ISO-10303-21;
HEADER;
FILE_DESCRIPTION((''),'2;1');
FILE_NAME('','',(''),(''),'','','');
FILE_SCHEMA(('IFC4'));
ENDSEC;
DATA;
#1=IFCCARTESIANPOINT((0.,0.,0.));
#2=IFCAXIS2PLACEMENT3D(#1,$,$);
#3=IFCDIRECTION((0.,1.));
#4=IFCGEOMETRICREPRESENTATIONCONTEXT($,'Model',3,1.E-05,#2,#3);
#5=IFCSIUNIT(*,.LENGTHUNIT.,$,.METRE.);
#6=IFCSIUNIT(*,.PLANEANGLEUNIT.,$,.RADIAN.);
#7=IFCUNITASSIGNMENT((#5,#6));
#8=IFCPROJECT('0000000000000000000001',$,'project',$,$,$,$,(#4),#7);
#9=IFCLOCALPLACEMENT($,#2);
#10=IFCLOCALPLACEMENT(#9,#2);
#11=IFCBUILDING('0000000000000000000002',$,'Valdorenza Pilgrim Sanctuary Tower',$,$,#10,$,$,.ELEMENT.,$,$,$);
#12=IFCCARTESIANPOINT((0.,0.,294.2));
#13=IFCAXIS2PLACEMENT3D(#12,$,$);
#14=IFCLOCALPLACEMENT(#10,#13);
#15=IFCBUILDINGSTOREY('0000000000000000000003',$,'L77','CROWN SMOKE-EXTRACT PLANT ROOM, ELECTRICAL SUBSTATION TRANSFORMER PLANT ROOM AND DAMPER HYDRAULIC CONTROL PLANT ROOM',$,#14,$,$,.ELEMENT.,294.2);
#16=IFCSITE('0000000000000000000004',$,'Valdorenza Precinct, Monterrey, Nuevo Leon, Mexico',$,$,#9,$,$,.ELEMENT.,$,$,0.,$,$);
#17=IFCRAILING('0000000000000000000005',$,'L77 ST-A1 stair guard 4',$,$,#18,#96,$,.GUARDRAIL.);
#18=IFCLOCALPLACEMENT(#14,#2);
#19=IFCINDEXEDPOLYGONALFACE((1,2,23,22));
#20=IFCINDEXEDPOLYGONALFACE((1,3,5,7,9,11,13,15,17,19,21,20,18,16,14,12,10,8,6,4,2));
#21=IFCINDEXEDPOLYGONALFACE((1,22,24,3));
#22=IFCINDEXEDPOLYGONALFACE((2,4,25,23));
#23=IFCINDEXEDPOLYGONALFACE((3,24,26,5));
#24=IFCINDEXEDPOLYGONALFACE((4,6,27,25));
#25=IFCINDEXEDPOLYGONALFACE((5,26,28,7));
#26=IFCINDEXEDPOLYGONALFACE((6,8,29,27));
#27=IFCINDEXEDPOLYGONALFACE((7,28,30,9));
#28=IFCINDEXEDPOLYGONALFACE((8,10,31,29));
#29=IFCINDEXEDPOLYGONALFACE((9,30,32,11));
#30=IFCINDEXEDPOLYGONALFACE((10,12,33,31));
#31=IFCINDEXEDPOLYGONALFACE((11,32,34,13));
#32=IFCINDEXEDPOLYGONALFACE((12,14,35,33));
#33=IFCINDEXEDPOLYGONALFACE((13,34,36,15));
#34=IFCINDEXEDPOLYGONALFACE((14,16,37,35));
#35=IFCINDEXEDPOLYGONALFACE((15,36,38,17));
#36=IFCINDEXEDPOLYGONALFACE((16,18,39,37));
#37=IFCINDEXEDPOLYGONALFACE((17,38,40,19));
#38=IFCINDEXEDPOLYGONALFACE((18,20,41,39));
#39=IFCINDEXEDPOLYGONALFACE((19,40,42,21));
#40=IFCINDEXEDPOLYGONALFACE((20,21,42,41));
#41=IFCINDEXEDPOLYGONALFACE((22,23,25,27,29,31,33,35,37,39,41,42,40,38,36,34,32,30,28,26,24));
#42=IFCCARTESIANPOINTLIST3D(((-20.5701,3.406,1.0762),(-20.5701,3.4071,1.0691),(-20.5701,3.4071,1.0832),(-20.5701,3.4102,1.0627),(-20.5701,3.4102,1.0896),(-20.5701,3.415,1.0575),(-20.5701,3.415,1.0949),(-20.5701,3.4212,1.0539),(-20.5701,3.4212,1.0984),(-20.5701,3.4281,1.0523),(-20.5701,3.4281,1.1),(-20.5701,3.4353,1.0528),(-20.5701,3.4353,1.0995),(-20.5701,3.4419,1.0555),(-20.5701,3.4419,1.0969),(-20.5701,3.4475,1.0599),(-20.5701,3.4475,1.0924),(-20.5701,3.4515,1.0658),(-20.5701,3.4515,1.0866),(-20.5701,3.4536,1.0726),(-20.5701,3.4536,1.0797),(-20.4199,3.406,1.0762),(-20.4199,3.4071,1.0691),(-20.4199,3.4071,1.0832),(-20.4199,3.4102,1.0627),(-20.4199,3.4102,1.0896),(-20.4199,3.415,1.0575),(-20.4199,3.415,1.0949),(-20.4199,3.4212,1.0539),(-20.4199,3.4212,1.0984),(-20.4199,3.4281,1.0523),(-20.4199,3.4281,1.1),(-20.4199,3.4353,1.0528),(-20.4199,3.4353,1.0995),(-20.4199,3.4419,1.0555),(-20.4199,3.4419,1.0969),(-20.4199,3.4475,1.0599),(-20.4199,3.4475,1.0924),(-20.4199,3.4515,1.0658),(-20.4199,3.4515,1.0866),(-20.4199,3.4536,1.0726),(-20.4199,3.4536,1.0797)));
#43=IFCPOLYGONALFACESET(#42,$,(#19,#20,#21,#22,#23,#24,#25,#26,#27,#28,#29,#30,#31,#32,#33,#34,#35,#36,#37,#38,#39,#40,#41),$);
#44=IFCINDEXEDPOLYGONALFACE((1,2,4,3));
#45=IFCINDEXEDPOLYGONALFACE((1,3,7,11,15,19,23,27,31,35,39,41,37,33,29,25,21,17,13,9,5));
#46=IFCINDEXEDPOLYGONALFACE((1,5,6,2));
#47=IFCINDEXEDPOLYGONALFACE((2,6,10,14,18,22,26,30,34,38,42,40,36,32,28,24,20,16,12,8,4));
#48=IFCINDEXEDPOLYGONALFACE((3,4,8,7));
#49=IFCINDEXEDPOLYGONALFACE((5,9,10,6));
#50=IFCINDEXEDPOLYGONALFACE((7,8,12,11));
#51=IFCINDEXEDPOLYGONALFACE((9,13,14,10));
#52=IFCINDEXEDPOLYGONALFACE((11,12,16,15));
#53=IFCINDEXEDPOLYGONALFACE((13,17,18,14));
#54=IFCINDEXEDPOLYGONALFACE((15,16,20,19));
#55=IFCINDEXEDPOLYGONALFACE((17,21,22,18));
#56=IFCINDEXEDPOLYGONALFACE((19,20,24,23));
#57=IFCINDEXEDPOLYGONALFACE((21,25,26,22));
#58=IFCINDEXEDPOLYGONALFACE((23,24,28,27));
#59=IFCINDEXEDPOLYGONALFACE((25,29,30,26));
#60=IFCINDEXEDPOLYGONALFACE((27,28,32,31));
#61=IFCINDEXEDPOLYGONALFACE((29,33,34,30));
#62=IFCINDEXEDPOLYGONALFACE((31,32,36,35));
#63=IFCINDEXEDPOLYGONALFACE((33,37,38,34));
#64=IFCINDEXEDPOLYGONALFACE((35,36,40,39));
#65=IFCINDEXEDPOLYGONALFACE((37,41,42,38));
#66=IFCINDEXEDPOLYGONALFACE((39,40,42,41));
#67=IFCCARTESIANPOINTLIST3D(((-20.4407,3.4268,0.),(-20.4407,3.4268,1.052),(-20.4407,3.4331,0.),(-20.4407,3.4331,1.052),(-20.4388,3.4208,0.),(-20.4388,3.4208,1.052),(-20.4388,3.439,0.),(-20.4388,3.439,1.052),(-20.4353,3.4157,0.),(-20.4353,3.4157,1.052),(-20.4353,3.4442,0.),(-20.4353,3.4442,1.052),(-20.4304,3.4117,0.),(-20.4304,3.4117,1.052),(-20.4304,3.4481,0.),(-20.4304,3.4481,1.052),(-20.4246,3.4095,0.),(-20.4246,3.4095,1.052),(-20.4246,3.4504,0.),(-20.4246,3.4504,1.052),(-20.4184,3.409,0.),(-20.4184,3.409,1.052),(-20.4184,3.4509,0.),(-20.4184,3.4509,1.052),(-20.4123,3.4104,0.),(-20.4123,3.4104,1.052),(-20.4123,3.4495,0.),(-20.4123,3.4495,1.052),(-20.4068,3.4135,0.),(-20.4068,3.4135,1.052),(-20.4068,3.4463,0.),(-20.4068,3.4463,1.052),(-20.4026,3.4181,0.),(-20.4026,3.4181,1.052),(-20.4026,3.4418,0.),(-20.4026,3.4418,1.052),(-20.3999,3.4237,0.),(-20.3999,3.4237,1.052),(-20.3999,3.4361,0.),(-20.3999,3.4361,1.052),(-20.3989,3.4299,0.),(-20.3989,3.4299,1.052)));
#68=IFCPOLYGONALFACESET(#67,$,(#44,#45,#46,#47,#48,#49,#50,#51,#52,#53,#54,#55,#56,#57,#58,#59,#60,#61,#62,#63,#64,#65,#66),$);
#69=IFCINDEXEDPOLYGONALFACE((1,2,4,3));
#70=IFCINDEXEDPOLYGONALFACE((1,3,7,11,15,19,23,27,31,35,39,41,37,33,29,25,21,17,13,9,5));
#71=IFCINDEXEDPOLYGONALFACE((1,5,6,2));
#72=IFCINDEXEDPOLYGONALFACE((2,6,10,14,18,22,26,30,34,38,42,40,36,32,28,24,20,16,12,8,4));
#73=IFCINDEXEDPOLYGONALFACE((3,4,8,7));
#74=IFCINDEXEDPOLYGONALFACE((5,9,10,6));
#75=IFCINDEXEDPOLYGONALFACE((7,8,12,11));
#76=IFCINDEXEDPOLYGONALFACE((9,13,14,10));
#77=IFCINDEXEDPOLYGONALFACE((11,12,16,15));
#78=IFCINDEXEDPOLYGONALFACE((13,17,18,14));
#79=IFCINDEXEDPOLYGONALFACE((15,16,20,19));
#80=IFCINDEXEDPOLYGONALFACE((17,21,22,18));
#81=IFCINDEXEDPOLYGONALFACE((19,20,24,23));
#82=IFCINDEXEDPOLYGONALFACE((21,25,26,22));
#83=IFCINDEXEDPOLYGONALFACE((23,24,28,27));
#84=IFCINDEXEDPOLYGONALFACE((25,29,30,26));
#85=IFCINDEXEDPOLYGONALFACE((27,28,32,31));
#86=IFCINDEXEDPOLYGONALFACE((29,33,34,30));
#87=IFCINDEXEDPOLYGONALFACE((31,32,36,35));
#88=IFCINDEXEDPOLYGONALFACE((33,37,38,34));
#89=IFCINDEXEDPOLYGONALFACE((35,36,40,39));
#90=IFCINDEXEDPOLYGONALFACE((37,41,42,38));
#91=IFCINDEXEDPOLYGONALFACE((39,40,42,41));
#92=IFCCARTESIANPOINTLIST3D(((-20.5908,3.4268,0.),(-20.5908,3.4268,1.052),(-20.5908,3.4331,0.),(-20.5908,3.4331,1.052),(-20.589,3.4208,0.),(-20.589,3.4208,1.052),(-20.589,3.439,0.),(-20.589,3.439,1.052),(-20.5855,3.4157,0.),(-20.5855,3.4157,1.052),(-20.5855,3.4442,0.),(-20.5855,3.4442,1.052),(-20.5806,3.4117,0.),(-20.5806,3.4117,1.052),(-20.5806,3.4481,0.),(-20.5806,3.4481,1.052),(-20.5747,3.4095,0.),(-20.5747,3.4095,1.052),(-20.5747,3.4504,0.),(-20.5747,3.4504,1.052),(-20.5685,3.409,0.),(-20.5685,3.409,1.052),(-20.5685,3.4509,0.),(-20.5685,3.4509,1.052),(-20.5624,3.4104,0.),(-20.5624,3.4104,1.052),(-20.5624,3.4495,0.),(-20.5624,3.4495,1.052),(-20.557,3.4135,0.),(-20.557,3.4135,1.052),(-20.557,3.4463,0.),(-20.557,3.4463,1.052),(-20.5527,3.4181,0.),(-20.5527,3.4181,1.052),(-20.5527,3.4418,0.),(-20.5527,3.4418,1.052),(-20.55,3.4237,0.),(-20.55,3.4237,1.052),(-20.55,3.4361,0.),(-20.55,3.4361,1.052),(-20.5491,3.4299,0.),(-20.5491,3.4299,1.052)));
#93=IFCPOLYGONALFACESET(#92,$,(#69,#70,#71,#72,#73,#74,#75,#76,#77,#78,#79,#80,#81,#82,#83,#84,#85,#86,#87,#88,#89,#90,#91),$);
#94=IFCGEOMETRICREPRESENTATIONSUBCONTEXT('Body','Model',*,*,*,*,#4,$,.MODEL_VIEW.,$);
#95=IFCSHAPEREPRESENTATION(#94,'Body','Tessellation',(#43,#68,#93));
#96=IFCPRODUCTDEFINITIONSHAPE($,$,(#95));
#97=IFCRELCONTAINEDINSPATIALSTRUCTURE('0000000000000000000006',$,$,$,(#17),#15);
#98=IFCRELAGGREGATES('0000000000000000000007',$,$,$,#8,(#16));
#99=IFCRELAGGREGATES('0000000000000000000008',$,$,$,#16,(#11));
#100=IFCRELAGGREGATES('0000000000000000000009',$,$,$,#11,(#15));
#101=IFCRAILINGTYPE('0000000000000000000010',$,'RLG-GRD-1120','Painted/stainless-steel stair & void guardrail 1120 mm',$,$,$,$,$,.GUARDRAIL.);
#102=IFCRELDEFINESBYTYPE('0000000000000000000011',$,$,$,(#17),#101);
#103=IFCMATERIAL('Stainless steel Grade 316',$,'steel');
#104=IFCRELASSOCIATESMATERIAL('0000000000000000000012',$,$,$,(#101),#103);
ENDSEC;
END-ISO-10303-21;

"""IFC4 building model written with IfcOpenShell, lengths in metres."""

from ifc_helpers import new_model, si_unit, direction, frame, origin, origin_2d, place, context, subcontext, project, spatial, circle, extrude, material, type_object, element, save


model = new_model("IFC4")

# Units and contexts
model_context = context("Model", 3, precision=1e-05, world=origin(), true_north=direction((0.0, 1.0)))
body_context = subcontext(model_context, "Body", "Model", "MODEL_VIEW")
ifc_project = project(units=[si_unit("LENGTHUNIT", "METRE"), si_unit("PLANEANGLEUNIT", "RADIAN")], contexts=[model_context])

# Site, building, storey
site_placement = place(None, origin())
site = spatial("IfcSite", under=ifc_project, at=site_placement, Name="Valdorenza Precinct, Monterrey, Nuevo Leon, Mexico", CompositionType="ELEMENT", RefElevation=0.0)
building_placement = place(site_placement, origin())
building = spatial("IfcBuilding", under=site, at=building_placement, Name="Valdorenza Pilgrim Sanctuary Tower", CompositionType="ELEMENT")
storey_placement = place(building_placement, frame((0.0, 0.0, 294.2)))
storey = spatial("IfcBuildingStorey", under=building, at=storey_placement, Name="L77", Description="CROWN SMOKE-EXTRACT PLANT ROOM, ELECTRICAL SUBSTATION TRANSFORMER PLANT ROOM AND DAMPER HYDRAULIC CONTROL PLANT ROOM", CompositionType="ELEMENT", Elevation=294.2)

# Railing
ifc_material_1 = material(Name="Stainless steel Grade 316", Category="steel")
railing_type_1 = type_object("IfcRailingType", Name="RLG-GRD-1120", Description="Painted/stainless-steel stair & void guardrail 1120 mm", PredefinedType="GUARDRAIL", material=ifc_material_1)
railing_1_placement = place(storey_placement, frame((-20.4199, 3.4299, 0.0)))
element("IfcRailing", 1, at=railing_1_placement, inside=storey, type_object=railing_type_1, Name="L77 ST-A1 stair guard 4", PredefinedType="GUARDRAIL", context=body_context, shape_type="SweptSolid", body=[
    extrude(circle(Radius=0.0239, at=origin_2d()), frame((0.0, 0.0, 1.0762), z_axis=(-1.0, 0.0, 0.0), x_axis=(0.0, -1.0, 0.0)), (0.0, 0.0, 1.0), 0.1501),
    extrude(circle(Radius=0.021, at=origin_2d()), origin(), (0.0, 0.0, 1.0), 1.052),
    extrude(circle(Radius=0.021, at=origin_2d()), frame((-0.1501, 0.0, 0.0)), (0.0, 0.0, 1.0), 1.052),
])

save(model, "model.ifc")
